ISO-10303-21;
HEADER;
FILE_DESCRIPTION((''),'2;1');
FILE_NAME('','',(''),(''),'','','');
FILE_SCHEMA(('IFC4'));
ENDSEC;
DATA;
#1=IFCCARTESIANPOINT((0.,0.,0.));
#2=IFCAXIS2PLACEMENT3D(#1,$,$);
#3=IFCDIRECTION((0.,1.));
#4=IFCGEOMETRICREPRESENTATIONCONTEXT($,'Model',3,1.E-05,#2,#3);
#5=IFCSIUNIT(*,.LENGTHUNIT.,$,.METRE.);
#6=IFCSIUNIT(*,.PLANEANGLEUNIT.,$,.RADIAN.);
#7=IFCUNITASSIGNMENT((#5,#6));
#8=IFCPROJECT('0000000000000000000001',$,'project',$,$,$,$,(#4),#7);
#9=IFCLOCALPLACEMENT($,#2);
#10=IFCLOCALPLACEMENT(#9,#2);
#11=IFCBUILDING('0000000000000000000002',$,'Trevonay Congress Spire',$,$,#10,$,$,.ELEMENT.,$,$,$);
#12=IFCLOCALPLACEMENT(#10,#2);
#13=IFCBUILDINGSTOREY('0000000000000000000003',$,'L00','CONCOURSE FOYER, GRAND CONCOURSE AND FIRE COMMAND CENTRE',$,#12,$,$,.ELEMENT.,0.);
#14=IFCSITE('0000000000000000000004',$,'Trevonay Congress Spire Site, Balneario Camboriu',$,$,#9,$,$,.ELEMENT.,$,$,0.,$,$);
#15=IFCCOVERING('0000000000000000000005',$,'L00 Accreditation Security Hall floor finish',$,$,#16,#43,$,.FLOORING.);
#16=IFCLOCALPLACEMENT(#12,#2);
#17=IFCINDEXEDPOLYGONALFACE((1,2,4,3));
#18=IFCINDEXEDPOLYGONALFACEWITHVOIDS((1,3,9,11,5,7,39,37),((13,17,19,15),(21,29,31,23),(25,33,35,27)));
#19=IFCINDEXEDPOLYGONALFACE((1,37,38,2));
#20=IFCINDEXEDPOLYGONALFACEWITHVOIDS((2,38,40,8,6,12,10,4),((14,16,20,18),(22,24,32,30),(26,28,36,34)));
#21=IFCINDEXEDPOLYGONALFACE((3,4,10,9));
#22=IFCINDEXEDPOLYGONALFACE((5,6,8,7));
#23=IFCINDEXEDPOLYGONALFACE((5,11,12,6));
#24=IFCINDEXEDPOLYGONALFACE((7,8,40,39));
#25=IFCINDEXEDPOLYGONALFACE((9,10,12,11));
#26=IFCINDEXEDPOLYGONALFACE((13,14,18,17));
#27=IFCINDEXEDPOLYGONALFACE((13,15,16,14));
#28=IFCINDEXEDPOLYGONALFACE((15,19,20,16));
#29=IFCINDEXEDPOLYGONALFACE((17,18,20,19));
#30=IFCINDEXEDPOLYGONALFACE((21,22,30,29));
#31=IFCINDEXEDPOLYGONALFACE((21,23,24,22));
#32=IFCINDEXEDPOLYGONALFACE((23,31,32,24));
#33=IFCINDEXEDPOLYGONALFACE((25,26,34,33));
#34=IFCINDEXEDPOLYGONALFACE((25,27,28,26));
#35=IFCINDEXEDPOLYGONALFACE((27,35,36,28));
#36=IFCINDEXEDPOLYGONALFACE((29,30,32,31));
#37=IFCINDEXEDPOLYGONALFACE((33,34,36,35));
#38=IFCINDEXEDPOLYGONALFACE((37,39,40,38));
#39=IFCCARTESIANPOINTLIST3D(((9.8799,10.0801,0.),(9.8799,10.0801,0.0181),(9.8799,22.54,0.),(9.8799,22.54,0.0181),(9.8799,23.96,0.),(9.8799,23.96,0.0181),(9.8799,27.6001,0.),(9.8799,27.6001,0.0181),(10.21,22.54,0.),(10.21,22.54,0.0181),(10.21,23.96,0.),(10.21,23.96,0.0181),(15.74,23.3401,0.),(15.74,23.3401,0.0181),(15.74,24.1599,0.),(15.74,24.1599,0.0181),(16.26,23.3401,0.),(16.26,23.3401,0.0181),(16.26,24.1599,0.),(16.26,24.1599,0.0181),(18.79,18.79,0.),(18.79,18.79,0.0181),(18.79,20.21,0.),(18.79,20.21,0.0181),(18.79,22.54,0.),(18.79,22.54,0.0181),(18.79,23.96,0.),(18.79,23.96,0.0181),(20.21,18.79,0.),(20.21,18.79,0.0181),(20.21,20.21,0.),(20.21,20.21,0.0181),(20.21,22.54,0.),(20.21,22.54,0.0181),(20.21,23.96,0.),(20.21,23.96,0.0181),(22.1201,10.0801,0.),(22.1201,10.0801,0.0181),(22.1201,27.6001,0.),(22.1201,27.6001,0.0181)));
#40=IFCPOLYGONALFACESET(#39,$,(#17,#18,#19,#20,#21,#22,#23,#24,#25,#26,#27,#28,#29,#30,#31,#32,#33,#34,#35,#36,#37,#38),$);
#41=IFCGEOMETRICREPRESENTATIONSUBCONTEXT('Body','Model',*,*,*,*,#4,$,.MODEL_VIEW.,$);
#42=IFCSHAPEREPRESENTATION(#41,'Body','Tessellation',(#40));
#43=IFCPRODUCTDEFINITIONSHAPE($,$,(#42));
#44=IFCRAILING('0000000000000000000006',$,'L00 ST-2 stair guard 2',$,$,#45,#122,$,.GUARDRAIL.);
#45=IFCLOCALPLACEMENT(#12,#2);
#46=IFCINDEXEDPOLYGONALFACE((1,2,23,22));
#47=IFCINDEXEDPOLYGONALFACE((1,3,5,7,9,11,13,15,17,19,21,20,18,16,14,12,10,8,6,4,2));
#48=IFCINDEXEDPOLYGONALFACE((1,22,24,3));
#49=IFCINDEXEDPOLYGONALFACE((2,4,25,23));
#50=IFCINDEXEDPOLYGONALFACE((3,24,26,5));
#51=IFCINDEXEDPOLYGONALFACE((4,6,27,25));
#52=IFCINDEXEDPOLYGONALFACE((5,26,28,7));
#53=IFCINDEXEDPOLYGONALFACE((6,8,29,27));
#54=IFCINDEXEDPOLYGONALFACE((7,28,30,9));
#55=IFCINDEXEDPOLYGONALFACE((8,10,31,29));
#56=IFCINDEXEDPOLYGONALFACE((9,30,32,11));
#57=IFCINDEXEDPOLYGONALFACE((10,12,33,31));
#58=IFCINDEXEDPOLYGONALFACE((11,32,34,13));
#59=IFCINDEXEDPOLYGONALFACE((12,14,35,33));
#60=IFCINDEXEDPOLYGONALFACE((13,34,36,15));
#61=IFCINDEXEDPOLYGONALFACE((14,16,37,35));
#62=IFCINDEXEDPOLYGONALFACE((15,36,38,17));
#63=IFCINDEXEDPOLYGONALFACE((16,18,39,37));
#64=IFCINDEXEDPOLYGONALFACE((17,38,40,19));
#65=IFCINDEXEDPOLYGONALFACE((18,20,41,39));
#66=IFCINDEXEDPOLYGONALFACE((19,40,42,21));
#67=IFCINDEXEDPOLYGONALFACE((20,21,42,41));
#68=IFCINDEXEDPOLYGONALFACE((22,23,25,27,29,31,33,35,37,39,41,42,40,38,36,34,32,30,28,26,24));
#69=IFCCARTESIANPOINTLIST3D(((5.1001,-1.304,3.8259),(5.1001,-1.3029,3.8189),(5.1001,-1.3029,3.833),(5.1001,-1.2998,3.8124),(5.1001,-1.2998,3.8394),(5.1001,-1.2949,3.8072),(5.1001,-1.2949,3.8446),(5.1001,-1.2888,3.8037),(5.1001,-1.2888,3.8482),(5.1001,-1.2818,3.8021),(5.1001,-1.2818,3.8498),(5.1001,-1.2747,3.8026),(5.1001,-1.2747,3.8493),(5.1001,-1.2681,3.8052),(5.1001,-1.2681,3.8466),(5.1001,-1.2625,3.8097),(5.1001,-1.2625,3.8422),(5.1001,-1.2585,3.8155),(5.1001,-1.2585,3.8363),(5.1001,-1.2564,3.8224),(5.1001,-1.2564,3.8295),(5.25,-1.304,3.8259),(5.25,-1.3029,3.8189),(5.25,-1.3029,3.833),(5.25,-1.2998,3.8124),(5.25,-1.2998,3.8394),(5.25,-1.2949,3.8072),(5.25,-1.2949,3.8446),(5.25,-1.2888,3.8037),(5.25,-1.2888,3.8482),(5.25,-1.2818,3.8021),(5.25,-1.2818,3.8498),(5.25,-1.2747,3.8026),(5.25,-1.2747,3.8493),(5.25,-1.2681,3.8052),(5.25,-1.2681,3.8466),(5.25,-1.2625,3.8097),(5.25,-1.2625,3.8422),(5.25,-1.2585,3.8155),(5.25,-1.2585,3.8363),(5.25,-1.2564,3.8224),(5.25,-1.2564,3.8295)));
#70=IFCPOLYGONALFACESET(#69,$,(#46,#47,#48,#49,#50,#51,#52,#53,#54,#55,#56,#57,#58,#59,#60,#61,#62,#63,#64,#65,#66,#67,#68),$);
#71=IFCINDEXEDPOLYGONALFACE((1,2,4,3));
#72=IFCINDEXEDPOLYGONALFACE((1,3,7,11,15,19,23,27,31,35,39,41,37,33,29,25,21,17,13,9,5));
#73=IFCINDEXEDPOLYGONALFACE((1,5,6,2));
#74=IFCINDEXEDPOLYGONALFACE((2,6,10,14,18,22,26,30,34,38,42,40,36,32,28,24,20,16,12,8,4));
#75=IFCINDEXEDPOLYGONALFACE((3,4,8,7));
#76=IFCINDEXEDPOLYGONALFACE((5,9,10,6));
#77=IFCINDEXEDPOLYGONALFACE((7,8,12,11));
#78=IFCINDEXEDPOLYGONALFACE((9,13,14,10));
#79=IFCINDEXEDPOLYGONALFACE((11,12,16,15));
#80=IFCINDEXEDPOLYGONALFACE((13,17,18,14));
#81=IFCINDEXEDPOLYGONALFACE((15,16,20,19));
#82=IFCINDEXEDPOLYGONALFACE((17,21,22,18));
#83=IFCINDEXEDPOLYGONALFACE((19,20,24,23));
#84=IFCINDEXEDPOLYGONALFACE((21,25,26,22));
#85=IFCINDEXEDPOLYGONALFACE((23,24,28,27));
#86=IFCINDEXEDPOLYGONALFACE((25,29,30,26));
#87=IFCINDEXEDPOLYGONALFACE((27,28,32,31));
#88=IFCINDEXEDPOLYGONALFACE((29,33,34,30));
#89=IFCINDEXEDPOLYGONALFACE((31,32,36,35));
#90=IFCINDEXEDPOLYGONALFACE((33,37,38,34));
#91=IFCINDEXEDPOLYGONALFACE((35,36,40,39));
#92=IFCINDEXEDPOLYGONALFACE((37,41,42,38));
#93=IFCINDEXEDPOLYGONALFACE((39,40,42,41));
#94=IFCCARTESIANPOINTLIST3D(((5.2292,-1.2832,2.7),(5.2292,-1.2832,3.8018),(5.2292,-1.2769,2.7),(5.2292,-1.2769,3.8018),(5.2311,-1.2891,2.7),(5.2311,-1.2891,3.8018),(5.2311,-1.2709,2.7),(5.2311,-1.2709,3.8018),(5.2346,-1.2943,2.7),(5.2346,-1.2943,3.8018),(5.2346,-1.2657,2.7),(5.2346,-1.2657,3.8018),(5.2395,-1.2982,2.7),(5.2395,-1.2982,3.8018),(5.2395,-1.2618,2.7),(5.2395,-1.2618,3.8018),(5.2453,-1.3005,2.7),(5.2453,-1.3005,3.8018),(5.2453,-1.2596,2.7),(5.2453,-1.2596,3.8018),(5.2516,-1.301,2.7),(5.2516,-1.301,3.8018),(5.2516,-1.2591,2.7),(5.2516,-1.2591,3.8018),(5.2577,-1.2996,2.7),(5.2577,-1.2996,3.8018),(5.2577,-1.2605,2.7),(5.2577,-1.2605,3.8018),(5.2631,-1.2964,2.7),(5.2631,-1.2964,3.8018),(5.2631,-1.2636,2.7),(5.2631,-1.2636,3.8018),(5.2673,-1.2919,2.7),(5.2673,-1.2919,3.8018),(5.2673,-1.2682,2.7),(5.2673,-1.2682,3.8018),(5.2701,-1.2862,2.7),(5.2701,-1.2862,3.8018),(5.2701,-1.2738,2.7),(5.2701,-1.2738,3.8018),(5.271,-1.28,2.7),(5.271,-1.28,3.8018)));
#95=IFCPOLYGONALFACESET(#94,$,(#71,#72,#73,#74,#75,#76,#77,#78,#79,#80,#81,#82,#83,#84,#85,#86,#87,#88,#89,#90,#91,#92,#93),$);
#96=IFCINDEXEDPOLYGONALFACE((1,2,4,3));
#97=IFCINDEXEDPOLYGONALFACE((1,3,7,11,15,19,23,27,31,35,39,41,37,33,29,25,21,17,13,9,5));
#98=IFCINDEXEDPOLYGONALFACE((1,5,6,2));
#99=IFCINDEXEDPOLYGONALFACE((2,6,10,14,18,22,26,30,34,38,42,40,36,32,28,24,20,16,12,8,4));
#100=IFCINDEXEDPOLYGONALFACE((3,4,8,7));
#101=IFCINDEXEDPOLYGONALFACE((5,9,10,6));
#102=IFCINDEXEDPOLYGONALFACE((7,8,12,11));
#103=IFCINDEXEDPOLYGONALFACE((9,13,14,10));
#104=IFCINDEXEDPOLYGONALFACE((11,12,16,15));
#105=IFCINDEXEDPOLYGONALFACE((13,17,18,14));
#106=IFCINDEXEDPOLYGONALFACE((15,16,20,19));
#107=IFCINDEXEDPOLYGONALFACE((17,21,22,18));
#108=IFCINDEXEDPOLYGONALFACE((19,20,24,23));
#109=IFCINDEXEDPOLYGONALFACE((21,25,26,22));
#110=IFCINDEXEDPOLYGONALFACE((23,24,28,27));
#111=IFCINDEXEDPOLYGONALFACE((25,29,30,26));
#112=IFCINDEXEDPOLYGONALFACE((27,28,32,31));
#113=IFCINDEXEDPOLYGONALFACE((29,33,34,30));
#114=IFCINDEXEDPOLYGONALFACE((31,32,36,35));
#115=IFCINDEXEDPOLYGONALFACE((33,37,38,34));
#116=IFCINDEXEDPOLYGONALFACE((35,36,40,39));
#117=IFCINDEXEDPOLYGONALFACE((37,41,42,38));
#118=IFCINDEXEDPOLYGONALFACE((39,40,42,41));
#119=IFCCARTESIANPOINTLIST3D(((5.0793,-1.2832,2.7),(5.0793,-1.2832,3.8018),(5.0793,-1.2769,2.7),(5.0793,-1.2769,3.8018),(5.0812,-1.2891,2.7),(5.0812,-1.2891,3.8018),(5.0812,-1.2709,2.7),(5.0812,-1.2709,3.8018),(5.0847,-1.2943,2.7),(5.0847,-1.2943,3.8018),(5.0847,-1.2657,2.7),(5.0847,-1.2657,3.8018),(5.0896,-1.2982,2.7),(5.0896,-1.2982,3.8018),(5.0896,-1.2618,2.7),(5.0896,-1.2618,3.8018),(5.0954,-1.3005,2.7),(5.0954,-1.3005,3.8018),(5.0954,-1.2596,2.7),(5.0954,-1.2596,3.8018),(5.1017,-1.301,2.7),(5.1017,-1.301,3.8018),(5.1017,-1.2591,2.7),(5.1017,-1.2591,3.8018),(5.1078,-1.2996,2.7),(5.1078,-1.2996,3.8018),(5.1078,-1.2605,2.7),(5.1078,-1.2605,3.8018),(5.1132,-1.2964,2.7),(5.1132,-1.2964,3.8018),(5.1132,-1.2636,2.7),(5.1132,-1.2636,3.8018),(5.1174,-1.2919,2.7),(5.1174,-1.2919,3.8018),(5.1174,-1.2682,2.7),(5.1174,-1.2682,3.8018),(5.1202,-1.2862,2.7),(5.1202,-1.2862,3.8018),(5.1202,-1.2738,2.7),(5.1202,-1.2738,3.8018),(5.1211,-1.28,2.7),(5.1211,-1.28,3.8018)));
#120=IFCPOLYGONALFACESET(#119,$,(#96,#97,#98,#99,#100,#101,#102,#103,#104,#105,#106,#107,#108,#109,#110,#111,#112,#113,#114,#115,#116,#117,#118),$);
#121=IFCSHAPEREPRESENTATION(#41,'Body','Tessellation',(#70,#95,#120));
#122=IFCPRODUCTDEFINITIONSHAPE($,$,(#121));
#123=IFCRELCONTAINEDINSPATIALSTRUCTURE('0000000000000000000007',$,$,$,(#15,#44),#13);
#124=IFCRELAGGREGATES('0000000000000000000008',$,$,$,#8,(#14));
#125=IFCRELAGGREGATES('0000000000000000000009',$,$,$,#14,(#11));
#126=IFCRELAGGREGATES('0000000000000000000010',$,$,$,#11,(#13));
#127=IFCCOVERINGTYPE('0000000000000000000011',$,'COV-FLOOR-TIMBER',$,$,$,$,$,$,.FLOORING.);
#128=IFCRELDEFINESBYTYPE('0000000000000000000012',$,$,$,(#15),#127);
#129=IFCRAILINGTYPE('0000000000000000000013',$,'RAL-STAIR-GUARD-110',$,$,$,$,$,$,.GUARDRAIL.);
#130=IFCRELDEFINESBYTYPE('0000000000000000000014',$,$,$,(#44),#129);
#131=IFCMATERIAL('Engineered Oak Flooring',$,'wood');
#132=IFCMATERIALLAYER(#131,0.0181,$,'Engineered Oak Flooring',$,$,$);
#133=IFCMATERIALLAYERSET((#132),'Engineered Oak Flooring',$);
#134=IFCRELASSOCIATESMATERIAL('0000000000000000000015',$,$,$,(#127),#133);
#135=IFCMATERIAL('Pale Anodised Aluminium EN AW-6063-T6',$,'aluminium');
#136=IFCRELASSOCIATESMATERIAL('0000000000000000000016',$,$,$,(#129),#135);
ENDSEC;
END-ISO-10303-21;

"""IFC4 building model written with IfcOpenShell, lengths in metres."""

from ifc_helpers import new_model, si_unit, direction, frame, origin, origin_2d, place, context, subcontext, project, spatial, polyline, circle, outline, extrude, material, layer, layer_set, type_object, element, save


model = new_model("IFC4")

# Units and contexts
model_context = context("Model", 3, precision=1e-05, world=origin(), true_north=direction((0.0, 1.0)))
body_context = subcontext(model_context, "Body", "Model", "MODEL_VIEW")
ifc_project = project(units=[si_unit("LENGTHUNIT", "METRE"), si_unit("PLANEANGLEUNIT", "RADIAN")], contexts=[model_context])

# Site, building, storey
site_placement = place(None, origin())
site = spatial("IfcSite", under=ifc_project, at=site_placement, Name="Trevonay Congress Spire Site, Balneario Camboriu", CompositionType="ELEMENT", RefElevation=0.0)
building_placement = place(site_placement, origin())
building = spatial("IfcBuilding", under=site, at=building_placement, Name="Trevonay Congress Spire", CompositionType="ELEMENT")
storey_placement = place(building_placement, origin())
storey = spatial("IfcBuildingStorey", under=building, at=storey_placement, Name="L00", Description="CONCOURSE FOYER, GRAND CONCOURSE AND FIRE COMMAND CENTRE", CompositionType="ELEMENT", Elevation=0.0)

# Covering
ifc_material_1 = material(Name="Engineered Oak Flooring", Category="wood")
ifc_layer_1 = layer(ifc_material_1, 0.0181, Name="Engineered Oak Flooring")
ifc_layer_set_1 = layer_set([ifc_layer_1], Name="Engineered Oak Flooring")
covering_type_1 = type_object("IfcCoveringType", Name="COV-FLOOR-TIMBER", PredefinedType="FLOORING", material=ifc_layer_set_1)
covering_1_placement = place(storey_placement, origin())
element("IfcCovering", 1, at=covering_1_placement, inside=storey, type_object=covering_type_1, Name="L00 Accreditation Security Hall floor finish", PredefinedType="FLOORING", context=body_context, shape_type="SweptSolid", body=[
    extrude(outline(polyline([(9.8799, 27.6001), (22.1201, 27.6001), (22.1201, 10.0801), (9.8799, 10.0801), (9.8799, 22.54), (10.21, 22.54), (10.21, 23.96), (9.8799, 23.96), (9.8799, 27.6001)]), holes=[polyline([(18.79, 20.21), (18.79, 18.79), (20.21, 18.79), (20.21, 20.21), (18.79, 20.21)]), polyline([(18.79, 23.96), (18.79, 22.54), (20.21, 22.54), (20.21, 23.96), (18.79, 23.96)]), polyline([(15.74, 24.1599), (15.74, 23.3401), (16.26, 23.3401), (16.26, 24.1599), (15.74, 24.1599)])]), origin(), (0.0, 0.0, 1.0), 0.0181),
])

# Railing
ifc_material_2 = material(Name="Pale Anodised Aluminium EN AW-6063-T6", Category="aluminium")
railing_type = type_object("IfcRailingType", Name="RAL-STAIR-GUARD-110", PredefinedType="GUARDRAIL", material=ifc_material_2)
railing_1_placement = place(storey_placement, frame((5.25, -1.28, 2.7)))
element("IfcRailing", 2, at=railing_1_placement, inside=storey, type_object=railing_type, Name="L00 ST-2 stair guard 2", PredefinedType="GUARDRAIL", context=body_context, shape_type="SweptSolid", body=[
    extrude(circle(Radius=0.0239, at=origin_2d()), frame((0.0, 0.0, 1.126), z_axis=(-1.0, 0.0, 0.0), x_axis=(0.0, -1.0, 0.0)), (0.0, 0.0, 1.0), 0.1499),
    extrude(circle(Radius=0.021, at=origin_2d()), origin(), (0.0, 0.0, 1.0), 1.1018),
    extrude(circle(Radius=0.021, at=origin_2d()), frame((-0.1499, 0.0, 0.0)), (0.0, 0.0, 1.0), 1.1018),
])

save(model, "model.ifc")
